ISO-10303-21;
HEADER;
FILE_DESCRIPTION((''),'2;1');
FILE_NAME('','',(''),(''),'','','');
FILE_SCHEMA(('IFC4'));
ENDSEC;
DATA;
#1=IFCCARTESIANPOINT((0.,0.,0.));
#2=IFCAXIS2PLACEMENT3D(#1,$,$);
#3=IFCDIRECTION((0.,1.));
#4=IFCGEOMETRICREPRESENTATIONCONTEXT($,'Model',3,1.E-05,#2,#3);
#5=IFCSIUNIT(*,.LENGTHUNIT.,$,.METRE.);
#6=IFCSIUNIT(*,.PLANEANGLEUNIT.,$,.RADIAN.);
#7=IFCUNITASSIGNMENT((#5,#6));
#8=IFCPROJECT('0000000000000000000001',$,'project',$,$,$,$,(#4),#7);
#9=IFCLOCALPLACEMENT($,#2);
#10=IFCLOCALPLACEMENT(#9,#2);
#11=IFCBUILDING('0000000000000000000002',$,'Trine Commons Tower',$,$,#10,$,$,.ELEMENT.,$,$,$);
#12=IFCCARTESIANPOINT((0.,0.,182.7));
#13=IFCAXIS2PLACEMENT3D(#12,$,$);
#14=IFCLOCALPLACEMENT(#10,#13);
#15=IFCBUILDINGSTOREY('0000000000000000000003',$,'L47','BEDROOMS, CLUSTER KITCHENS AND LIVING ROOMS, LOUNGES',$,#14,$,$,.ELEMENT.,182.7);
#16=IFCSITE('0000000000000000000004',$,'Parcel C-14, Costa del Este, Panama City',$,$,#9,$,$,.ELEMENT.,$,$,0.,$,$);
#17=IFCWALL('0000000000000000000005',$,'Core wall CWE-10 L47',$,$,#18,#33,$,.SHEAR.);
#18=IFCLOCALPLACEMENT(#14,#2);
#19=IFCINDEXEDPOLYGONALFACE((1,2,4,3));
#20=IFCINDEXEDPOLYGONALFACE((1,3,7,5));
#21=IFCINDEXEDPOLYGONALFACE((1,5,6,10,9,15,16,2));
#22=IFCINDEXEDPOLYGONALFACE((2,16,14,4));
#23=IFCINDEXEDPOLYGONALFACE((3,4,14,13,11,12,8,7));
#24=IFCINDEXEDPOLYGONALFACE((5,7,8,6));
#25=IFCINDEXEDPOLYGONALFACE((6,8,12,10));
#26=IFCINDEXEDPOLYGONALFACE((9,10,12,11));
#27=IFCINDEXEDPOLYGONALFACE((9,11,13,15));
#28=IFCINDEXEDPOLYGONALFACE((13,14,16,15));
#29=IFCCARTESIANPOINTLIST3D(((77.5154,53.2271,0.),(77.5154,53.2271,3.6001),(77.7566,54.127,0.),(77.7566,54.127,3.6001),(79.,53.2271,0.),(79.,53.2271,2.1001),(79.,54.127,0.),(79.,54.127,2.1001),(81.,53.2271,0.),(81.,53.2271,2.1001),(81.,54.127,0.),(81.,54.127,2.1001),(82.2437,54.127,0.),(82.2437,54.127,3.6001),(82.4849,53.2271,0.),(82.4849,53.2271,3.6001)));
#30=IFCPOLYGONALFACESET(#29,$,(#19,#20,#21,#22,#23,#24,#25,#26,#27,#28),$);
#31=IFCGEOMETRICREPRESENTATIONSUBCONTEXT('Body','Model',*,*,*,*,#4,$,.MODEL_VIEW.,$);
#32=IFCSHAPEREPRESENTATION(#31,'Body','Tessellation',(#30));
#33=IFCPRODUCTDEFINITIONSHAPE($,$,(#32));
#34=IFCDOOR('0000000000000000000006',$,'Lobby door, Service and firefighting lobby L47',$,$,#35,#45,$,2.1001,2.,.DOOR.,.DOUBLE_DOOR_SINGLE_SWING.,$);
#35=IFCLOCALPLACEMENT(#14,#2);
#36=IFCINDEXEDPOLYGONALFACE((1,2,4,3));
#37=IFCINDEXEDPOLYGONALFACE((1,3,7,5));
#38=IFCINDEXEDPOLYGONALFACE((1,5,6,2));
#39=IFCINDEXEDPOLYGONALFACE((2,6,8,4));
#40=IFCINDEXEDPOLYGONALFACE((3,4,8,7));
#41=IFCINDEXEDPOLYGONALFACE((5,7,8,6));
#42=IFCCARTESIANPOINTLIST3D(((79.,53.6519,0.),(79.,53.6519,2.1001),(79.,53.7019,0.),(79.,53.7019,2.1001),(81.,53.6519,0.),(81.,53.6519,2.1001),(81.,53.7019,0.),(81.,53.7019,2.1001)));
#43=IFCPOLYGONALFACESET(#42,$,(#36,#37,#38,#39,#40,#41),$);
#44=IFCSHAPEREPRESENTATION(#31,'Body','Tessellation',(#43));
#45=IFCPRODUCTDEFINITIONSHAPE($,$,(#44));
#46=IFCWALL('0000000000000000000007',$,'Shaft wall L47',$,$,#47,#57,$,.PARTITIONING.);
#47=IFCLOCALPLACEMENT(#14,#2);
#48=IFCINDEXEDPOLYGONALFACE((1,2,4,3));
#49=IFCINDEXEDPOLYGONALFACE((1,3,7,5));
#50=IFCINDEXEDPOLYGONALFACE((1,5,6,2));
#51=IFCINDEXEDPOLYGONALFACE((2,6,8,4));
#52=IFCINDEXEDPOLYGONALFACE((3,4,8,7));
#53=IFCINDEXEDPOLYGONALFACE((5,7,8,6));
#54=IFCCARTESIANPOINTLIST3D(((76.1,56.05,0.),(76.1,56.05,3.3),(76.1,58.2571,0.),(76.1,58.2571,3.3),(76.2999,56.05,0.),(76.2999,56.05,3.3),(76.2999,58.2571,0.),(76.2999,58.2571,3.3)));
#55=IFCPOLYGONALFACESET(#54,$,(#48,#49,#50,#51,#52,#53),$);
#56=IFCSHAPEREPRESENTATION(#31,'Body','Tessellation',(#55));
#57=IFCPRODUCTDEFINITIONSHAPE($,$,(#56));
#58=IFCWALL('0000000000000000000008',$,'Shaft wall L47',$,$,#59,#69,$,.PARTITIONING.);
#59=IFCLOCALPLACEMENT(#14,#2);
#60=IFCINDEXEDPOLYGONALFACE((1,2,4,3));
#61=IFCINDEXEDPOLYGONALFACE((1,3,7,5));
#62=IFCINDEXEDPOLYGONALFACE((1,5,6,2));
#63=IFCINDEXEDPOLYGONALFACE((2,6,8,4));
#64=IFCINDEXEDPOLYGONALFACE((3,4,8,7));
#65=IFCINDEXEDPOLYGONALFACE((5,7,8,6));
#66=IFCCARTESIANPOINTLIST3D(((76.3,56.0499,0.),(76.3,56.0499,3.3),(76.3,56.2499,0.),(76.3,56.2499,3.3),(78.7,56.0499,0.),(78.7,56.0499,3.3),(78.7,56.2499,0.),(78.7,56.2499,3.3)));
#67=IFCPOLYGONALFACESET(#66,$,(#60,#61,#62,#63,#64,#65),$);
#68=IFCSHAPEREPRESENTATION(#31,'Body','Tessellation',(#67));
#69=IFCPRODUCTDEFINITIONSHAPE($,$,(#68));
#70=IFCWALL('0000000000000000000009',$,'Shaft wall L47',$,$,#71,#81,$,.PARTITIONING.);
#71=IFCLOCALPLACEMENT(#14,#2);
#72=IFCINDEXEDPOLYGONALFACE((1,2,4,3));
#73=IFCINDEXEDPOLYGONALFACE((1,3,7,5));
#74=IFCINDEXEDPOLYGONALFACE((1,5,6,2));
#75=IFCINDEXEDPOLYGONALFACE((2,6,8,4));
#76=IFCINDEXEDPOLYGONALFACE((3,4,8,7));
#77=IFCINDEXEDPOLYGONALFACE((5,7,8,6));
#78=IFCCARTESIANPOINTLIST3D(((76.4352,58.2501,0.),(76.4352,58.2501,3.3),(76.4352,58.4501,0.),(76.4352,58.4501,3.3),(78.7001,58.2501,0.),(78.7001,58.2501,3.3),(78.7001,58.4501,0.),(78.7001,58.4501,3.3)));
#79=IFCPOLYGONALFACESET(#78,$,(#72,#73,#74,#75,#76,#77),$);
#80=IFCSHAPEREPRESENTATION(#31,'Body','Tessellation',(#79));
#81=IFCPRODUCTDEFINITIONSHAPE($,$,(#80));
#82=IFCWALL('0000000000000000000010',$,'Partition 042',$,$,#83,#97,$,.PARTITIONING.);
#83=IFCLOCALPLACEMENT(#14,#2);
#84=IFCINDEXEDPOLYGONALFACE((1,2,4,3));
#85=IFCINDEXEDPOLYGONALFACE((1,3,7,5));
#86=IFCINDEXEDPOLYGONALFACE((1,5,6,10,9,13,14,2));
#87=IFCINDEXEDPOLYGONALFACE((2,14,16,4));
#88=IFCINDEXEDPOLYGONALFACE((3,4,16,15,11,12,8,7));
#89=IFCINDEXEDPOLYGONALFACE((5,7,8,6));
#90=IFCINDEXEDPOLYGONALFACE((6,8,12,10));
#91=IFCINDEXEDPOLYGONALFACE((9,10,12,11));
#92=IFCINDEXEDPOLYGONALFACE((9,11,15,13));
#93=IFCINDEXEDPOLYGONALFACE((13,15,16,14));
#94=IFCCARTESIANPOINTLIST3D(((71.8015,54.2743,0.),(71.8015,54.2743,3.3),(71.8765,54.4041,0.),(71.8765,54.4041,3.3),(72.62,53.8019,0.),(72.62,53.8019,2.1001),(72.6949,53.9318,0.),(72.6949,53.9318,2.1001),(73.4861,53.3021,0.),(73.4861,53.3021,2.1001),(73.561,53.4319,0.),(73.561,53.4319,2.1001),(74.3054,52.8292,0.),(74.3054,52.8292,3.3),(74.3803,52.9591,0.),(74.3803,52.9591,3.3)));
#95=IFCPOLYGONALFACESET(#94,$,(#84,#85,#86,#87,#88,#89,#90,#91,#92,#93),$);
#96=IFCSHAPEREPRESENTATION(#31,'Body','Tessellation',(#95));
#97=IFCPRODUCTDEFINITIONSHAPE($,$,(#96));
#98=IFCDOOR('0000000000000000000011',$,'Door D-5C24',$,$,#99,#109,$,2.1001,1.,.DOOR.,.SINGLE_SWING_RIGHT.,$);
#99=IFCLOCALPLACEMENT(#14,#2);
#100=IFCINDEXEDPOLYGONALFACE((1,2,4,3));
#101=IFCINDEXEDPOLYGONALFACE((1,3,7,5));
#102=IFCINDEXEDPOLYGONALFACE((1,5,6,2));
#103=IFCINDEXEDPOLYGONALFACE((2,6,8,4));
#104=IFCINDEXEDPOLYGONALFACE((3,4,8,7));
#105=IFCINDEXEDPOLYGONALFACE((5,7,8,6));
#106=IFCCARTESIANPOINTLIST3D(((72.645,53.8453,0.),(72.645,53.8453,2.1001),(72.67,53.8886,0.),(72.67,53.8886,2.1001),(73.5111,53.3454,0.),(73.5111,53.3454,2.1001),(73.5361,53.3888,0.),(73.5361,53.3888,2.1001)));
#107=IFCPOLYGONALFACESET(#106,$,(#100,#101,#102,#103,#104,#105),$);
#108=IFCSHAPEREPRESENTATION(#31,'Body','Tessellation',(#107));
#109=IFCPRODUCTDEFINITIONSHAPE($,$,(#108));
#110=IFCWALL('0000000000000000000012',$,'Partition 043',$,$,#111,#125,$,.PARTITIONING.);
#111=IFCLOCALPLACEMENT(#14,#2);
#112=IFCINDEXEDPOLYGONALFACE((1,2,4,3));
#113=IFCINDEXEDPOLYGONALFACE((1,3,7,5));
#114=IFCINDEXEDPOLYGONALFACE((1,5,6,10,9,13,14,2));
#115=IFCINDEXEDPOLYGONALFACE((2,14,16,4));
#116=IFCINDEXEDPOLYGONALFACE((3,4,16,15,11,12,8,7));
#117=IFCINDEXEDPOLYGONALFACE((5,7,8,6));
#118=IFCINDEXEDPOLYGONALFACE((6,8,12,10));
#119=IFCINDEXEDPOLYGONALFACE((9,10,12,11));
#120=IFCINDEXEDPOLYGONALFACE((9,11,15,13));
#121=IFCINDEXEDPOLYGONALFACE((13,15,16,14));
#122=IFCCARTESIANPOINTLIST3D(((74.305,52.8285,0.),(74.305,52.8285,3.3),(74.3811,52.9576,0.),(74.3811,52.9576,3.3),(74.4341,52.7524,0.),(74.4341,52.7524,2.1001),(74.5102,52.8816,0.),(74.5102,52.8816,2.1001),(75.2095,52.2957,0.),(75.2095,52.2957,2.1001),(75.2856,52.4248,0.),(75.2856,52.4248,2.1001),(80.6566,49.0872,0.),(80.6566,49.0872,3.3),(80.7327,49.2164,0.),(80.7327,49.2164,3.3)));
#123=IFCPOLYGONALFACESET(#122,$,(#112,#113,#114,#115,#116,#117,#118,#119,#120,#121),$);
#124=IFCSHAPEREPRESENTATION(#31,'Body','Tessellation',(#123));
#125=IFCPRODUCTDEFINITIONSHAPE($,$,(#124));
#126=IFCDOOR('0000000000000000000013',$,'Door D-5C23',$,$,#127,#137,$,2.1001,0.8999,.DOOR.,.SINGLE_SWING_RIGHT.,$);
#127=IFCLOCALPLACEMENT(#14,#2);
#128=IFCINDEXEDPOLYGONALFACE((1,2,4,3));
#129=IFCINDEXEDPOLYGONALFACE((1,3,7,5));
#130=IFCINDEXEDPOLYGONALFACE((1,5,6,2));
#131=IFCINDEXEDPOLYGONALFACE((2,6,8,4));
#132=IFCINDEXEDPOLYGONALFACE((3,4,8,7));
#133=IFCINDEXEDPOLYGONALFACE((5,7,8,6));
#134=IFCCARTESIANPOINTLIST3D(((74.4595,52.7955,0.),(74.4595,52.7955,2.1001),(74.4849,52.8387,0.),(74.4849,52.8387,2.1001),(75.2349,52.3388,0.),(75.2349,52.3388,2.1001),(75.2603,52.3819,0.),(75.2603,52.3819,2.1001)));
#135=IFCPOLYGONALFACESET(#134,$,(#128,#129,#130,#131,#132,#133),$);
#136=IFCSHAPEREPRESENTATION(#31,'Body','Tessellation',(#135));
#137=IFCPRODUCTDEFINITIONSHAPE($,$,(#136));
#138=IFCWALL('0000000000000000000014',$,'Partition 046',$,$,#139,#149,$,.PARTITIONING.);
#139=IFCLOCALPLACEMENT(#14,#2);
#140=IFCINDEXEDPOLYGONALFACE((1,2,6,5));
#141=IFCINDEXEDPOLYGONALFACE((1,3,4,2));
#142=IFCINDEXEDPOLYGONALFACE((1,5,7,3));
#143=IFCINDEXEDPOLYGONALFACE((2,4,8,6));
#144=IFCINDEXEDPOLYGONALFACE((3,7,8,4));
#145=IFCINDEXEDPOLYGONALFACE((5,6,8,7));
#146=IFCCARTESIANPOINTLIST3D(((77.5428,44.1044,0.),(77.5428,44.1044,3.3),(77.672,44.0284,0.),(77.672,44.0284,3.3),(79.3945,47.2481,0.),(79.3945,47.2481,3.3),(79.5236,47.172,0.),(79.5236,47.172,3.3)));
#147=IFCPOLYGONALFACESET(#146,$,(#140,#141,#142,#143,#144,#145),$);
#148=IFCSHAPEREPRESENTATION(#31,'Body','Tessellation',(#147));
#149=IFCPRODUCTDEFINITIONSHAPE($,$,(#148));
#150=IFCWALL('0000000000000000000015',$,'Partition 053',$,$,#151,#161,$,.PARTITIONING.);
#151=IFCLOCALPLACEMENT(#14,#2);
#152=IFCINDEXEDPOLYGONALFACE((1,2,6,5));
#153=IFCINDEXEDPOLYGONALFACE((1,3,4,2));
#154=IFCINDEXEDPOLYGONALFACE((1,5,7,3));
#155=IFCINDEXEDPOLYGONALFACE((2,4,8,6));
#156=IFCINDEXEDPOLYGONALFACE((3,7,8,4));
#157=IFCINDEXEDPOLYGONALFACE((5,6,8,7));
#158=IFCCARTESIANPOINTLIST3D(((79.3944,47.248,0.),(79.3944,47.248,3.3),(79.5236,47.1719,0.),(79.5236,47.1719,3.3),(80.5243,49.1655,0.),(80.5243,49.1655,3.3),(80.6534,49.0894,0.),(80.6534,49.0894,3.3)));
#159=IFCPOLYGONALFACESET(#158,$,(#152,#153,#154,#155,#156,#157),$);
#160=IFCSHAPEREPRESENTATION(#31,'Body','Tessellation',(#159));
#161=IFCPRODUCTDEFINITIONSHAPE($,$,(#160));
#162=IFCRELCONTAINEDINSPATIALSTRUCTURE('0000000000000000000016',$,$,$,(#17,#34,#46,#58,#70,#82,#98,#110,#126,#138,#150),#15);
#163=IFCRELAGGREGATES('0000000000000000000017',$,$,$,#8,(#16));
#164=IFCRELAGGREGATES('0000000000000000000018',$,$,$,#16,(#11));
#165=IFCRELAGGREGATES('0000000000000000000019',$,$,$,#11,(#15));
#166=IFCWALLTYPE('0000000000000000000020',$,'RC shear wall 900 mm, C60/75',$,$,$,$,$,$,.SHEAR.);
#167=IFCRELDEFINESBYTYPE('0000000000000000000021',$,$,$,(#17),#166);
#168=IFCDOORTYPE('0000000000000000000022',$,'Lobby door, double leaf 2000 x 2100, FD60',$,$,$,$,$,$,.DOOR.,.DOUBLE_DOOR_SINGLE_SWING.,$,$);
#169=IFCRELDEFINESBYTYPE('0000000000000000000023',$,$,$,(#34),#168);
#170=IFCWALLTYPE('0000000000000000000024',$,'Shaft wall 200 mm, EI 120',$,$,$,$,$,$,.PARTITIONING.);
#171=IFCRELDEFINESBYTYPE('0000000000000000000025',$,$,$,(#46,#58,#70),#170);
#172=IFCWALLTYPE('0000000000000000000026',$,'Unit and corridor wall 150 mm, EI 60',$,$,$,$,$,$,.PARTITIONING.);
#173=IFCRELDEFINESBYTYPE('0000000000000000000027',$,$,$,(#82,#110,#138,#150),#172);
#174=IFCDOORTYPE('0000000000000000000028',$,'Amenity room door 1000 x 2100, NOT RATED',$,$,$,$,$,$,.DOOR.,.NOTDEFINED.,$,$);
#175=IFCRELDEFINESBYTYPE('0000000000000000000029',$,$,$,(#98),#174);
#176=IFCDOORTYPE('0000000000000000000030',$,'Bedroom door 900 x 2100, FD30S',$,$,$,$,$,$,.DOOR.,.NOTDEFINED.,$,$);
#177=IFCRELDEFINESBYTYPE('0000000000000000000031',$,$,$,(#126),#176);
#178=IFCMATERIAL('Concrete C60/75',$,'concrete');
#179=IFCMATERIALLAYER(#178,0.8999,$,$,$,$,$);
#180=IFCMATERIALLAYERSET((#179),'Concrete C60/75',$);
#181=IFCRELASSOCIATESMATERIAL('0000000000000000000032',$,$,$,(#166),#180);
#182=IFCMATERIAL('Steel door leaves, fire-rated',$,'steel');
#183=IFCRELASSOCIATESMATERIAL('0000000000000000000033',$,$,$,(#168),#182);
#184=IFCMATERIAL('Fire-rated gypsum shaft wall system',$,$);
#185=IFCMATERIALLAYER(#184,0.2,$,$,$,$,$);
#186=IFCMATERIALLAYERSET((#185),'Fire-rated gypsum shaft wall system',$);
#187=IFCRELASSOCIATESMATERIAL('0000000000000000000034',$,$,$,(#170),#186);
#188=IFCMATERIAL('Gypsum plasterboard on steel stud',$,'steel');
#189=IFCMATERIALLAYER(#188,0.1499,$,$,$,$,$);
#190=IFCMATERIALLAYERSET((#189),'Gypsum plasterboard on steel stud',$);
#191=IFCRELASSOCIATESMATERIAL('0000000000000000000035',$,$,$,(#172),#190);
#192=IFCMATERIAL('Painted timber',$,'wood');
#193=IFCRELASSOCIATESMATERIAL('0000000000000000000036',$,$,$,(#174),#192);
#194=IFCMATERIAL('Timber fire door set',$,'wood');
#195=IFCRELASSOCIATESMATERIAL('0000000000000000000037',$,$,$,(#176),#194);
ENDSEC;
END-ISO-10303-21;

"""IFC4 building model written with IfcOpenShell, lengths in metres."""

from ifc_helpers import new_model, si_unit, direction, frame, frame_2d, origin, place, context, subcontext, project, spatial, polyline, rectangle, outline, extrude, material, layer, layer_set, type_object, element, fill, save


model = new_model("IFC4")

# Units and contexts
model_context = context("Model", 3, precision=1e-05, world=origin(), true_north=direction((0.0, 1.0)))
body_context = subcontext(model_context, "Body", "Model", "MODEL_VIEW")
ifc_project = project(units=[si_unit("LENGTHUNIT", "METRE"), si_unit("PLANEANGLEUNIT", "RADIAN")], contexts=[model_context])

# Site, building, storey
site_placement = place(None, origin())
site = spatial("IfcSite", under=ifc_project, at=site_placement, Name="Parcel C-14, Costa del Este, Panama City", CompositionType="ELEMENT", RefElevation=0.0)
building_placement = place(site_placement, origin())
building = spatial("IfcBuilding", under=site, at=building_placement, Name="Trine Commons Tower", CompositionType="ELEMENT")
storey_placement = place(building_placement, frame((0.0, 0.0, 182.7)))
storey = spatial("IfcBuildingStorey", under=building, at=storey_placement, Name="L47", Description="BEDROOMS, CLUSTER KITCHENS AND LIVING ROOMS, LOUNGES", CompositionType="ELEMENT", Elevation=182.7)

# Shared definitions
ifc_material_1 = material(Name="Concrete C60/75", Category="concrete")

# Shared definitions
ifc_material_2 = material(Name="Fire-rated gypsum shaft wall system")

# Shared definitions
ifc_layer_1 = layer(ifc_material_1, 0.8999)
ifc_layer_set_1 = layer_set([ifc_layer_1], Name="Concrete C60/75")
wall_type_1 = type_object("IfcWallType", Name="RC shear wall 900 mm, C60/75", PredefinedType="SHEAR", material=ifc_layer_set_1)

# Wall, opening, door
wall_1_placement = place(storey_placement, frame((77.5154, 53.677, 0.0), z_axis=(0.0, 0.0, 1.0), x_axis=(1.0, 0.0, 0.0)))
wall_1 = element("IfcWall", 1, at=wall_1_placement, inside=storey, type_object=wall_type_1, Name="Core wall CWE-10 L47", PredefinedType="SHEAR", context=body_context, shape_type="SweptSolid", body=[
    extrude(outline(polyline([(0.0, -0.45), (4.9695, -0.45), (4.7283, 0.45), (0.2412, 0.45), (0.0, -0.45)])), origin(), (0.0, 0.0, 1.0), 3.6001),
])
opening_1_placement = place(wall_1_placement, frame((1.4846, 0.0, 0.0)))
opening_1 = element("IfcOpeningElement", 2, at=opening_1_placement, cuts=wall_1, PredefinedType="OPENING", context=body_context, shape_type="SweptSolid", body=[
    extrude(rectangle(XDim=2.0, YDim=2.1001, at=frame_2d((1.0, 1.05))), frame((0.0, 0.46, 0.0), z_axis=(0.0, -1.0, 0.0), x_axis=(1.0, 0.0, 0.0)), (0.0, 0.0, 1.0), 0.9199),
])
ifc_material_3 = material(Name="Steel door leaves, fire-rated", Category="steel")
door_type_1 = type_object("IfcDoorType", Name="Lobby door, double leaf 2000 x 2100, FD60", OperationType="DOUBLE_DOOR_SINGLE_SWING", PredefinedType="DOOR", material=ifc_material_3)
door_1_placement = place(opening_1_placement, origin())
door_1 = element("IfcDoor", 3, at=door_1_placement, inside=storey, type_object=door_type_1, Name="Lobby door, Service and firefighting lobby L47", OperationType="DOUBLE_DOOR_SINGLE_SWING", OverallHeight=2.1001, OverallWidth=2.0, PredefinedType="DOOR", context=body_context, shape_type="SweptSolid", body=[
    extrude(rectangle(XDim=2.0, YDim=2.1001, at=frame_2d((1.0, 1.05))), frame((0.0, 0.0249, 0.0), z_axis=(0.0, -1.0, 0.0), x_axis=(1.0, 0.0, 0.0)), (0.0, 0.0, 1.0), 0.05),
])
fill(opening_1, door_1)

# Walls
ifc_layer_2 = layer(ifc_material_2, 0.2)
ifc_layer_set_2 = layer_set([ifc_layer_2], Name="Fire-rated gypsum shaft wall system")
wall_type_2 = type_object("IfcWallType", Name="Shaft wall 200 mm, EI 120", PredefinedType="PARTITIONING", material=ifc_layer_set_2)
wall_2_placement = place(storey_placement, frame((76.2, 58.2571, 0.0), z_axis=(0.0, 0.0, 1.0), x_axis=(0.0, -1.0, 0.0)))
element("IfcWall", 4, at=wall_2_placement, inside=storey, type_object=wall_type_2, Name="Shaft wall L47", PredefinedType="PARTITIONING", context=body_context, shape_type="SweptSolid", body=[
    extrude(rectangle(XDim=2.207, YDim=0.2, at=frame_2d((1.1035, 0.0))), origin(), (0.0, 0.0, 1.0), 3.3),
])
wall_3_placement = place(storey_placement, frame((78.7, 56.1499, 0.0), z_axis=(0.0, 0.0, 1.0), x_axis=(-1.0, 0.0, 0.0)))
element("IfcWall", 5, at=wall_3_placement, inside=storey, type_object=wall_type_2, Name="Shaft wall L47", PredefinedType="PARTITIONING", context=body_context, shape_type="SweptSolid", body=[
    extrude(rectangle(XDim=2.3999, YDim=0.2, at=frame_2d((1.2, 0.0))), origin(), (0.0, 0.0, 1.0), 3.3),
])
wall_4_placement = place(storey_placement, frame((78.7, 58.3501, 0.0), z_axis=(0.0, 0.0, 1.0), x_axis=(-1.0, 0.0, 0.0)))
element("IfcWall", 6, at=wall_4_placement, inside=storey, type_object=wall_type_2, Name="Shaft wall L47", PredefinedType="PARTITIONING", context=body_context, shape_type="SweptSolid", body=[
    extrude(rectangle(XDim=2.2649, YDim=0.2, at=frame_2d((1.1323, 0.0))), origin(), (0.0, 0.0, 1.0), 3.3),
])

# Walls, openings, doors
ifc_material_4 = material(Name="Gypsum plasterboard on steel stud", Category="steel")
ifc_layer_3 = layer(ifc_material_4, 0.1499)
ifc_layer_set_3 = layer_set([ifc_layer_3], Name="Gypsum plasterboard on steel stud")
wall_type_3 = type_object("IfcWallType", Name="Unit and corridor wall 150 mm, EI 60", PredefinedType="PARTITIONING", material=ifc_layer_set_3)
wall_5_placement = place(storey_placement, frame((71.8391, 54.3391, 0.0), z_axis=(0.0, 0.0, 1.0), x_axis=(0.86611, -0.499854, 0.0)))
wall_5 = element("IfcWall", 7, at=wall_5_placement, inside=storey, type_object=wall_type_3, Name="Partition 042", PredefinedType="PARTITIONING", context=body_context, shape_type="SweptSolid", body=[
    extrude(rectangle(XDim=2.8909, YDim=0.1499, at=frame_2d((1.4453, 0.0))), origin(), (0.0, 0.0, 1.0), 3.3),
])
opening_2_placement = place(wall_5_placement, frame((0.9448, 0.0, 0.0)))
opening_2 = element("IfcOpeningElement", 8, at=opening_2_placement, cuts=wall_5, PredefinedType="OPENING", context=body_context, shape_type="SweptSolid", body=[
    extrude(rectangle(XDim=1.0, YDim=2.1001, at=frame_2d((0.5, 1.05))), frame((0.0, 0.085, 0.0), z_axis=(0.0, -1.0, 0.0), x_axis=(1.0, 0.0, 0.0)), (0.0, 0.0, 1.0), 0.1699),
])
ifc_material_5 = material(Name="Painted timber", Category="wood")
door_type_2 = type_object("IfcDoorType", Name="Amenity room door 1000 x 2100, NOT RATED", OperationType="NOTDEFINED", PredefinedType="DOOR", material=ifc_material_5)
door_2_placement = place(opening_2_placement, frame((1.0, 0.0, 0.0), z_axis=(0.0, 0.0, 1.0), x_axis=(-1.0, 0.0, 0.0)))
door_2 = element("IfcDoor", 9, at=door_2_placement, inside=storey, type_object=door_type_2, Name="Door D-5C24", OperationType="SINGLE_SWING_RIGHT", OverallHeight=2.1001, OverallWidth=1.0, PredefinedType="DOOR", context=body_context, shape_type="SweptSolid", body=[
    extrude(rectangle(XDim=1.0, YDim=2.1001, at=frame_2d((0.5, 1.05))), frame((0.0, 0.0249, 0.0), z_axis=(0.0, -1.0, 0.0), x_axis=(1.0, 0.0, 0.0)), (0.0, 0.0, 1.0), 0.05),
])
fill(opening_2, door_2)
wall_6_placement = place(storey_placement, frame((74.343, 52.8931, 0.0), z_axis=(0.0, 0.0, 1.0), x_axis=(0.861638, -0.507524, 0.0)))
wall_6 = element("IfcWall", 10, at=wall_6_placement, inside=storey, type_object=wall_type_3, Name="Partition 043", PredefinedType="PARTITIONING", context=body_context, shape_type="SweptSolid", body=[
    extrude(rectangle(XDim=7.3716, YDim=0.1499, at=frame_2d((3.6858, 0.0))), origin(), (0.0, 0.0, 1.0), 3.3),
])
opening_3_placement = place(wall_6_placement, frame((0.1499, 0.0, 0.0)))
opening_3 = element("IfcOpeningElement", 11, at=opening_3_placement, cuts=wall_6, PredefinedType="OPENING", context=body_context, shape_type="SweptSolid", body=[
    extrude(rectangle(XDim=0.8999, YDim=2.1001, at=frame_2d((0.45, 1.05))), frame((0.0, 0.085, 0.0), z_axis=(0.0, -1.0, 0.0), x_axis=(1.0, 0.0, 0.0)), (0.0, 0.0, 1.0), 0.1699),
])
ifc_material_6 = material(Name="Timber fire door set", Category="wood")
door_type_3 = type_object("IfcDoorType", Name="Bedroom door 900 x 2100, FD30S", OperationType="NOTDEFINED", PredefinedType="DOOR", material=ifc_material_6)
door_3_placement = place(opening_3_placement, frame((0.8999, 0.0, 0.0), z_axis=(0.0, 0.0, 1.0), x_axis=(-1.0, 0.0, 0.0)))
door_3 = element("IfcDoor", 12, at=door_3_placement, inside=storey, type_object=door_type_3, Name="Door D-5C23", OperationType="SINGLE_SWING_RIGHT", OverallHeight=2.1001, OverallWidth=0.8999, PredefinedType="DOOR", context=body_context, shape_type="SweptSolid", body=[
    extrude(rectangle(XDim=0.8999, YDim=2.1001, at=frame_2d((0.45, 1.05))), frame((0.0, 0.0249, 0.0), z_axis=(0.0, -1.0, 0.0), x_axis=(1.0, 0.0, 0.0)), (0.0, 0.0, 1.0), 0.05),
])
fill(opening_3, door_3)

# Walls
wall_7_placement = place(storey_placement, frame((77.6074, 44.0664, 0.0), z_axis=(0.0, 0.0, 1.0), x_axis=(0.507511, 0.861645, 0.0)))
element("IfcWall", 13, at=wall_7_placement, inside=storey, type_object=wall_type_3, Name="Partition 046", PredefinedType="PARTITIONING", context=body_context, shape_type="SweptSolid", body=[
    extrude(rectangle(XDim=3.6484, YDim=0.1499, at=frame_2d((1.8242, 0.0))), origin(), (0.0, 0.0, 1.0), 3.3),
])
wall_8_placement = place(storey_placement, frame((79.459, 47.21, 0.0), z_axis=(0.0, 0.0, 1.0), x_axis=(0.507672, 0.86155, 0.0)))
element("IfcWall", 14, at=wall_8_placement, inside=storey, type_object=wall_type_3, Name="Partition 053", PredefinedType="PARTITIONING", context=body_context, shape_type="SweptSolid", body=[
    extrude(rectangle(XDim=2.2256, YDim=0.1499, at=frame_2d((1.1128, 0.0))), origin(), (0.0, 0.0, 1.0), 3.3),
])

save(model, "model.ifc")
